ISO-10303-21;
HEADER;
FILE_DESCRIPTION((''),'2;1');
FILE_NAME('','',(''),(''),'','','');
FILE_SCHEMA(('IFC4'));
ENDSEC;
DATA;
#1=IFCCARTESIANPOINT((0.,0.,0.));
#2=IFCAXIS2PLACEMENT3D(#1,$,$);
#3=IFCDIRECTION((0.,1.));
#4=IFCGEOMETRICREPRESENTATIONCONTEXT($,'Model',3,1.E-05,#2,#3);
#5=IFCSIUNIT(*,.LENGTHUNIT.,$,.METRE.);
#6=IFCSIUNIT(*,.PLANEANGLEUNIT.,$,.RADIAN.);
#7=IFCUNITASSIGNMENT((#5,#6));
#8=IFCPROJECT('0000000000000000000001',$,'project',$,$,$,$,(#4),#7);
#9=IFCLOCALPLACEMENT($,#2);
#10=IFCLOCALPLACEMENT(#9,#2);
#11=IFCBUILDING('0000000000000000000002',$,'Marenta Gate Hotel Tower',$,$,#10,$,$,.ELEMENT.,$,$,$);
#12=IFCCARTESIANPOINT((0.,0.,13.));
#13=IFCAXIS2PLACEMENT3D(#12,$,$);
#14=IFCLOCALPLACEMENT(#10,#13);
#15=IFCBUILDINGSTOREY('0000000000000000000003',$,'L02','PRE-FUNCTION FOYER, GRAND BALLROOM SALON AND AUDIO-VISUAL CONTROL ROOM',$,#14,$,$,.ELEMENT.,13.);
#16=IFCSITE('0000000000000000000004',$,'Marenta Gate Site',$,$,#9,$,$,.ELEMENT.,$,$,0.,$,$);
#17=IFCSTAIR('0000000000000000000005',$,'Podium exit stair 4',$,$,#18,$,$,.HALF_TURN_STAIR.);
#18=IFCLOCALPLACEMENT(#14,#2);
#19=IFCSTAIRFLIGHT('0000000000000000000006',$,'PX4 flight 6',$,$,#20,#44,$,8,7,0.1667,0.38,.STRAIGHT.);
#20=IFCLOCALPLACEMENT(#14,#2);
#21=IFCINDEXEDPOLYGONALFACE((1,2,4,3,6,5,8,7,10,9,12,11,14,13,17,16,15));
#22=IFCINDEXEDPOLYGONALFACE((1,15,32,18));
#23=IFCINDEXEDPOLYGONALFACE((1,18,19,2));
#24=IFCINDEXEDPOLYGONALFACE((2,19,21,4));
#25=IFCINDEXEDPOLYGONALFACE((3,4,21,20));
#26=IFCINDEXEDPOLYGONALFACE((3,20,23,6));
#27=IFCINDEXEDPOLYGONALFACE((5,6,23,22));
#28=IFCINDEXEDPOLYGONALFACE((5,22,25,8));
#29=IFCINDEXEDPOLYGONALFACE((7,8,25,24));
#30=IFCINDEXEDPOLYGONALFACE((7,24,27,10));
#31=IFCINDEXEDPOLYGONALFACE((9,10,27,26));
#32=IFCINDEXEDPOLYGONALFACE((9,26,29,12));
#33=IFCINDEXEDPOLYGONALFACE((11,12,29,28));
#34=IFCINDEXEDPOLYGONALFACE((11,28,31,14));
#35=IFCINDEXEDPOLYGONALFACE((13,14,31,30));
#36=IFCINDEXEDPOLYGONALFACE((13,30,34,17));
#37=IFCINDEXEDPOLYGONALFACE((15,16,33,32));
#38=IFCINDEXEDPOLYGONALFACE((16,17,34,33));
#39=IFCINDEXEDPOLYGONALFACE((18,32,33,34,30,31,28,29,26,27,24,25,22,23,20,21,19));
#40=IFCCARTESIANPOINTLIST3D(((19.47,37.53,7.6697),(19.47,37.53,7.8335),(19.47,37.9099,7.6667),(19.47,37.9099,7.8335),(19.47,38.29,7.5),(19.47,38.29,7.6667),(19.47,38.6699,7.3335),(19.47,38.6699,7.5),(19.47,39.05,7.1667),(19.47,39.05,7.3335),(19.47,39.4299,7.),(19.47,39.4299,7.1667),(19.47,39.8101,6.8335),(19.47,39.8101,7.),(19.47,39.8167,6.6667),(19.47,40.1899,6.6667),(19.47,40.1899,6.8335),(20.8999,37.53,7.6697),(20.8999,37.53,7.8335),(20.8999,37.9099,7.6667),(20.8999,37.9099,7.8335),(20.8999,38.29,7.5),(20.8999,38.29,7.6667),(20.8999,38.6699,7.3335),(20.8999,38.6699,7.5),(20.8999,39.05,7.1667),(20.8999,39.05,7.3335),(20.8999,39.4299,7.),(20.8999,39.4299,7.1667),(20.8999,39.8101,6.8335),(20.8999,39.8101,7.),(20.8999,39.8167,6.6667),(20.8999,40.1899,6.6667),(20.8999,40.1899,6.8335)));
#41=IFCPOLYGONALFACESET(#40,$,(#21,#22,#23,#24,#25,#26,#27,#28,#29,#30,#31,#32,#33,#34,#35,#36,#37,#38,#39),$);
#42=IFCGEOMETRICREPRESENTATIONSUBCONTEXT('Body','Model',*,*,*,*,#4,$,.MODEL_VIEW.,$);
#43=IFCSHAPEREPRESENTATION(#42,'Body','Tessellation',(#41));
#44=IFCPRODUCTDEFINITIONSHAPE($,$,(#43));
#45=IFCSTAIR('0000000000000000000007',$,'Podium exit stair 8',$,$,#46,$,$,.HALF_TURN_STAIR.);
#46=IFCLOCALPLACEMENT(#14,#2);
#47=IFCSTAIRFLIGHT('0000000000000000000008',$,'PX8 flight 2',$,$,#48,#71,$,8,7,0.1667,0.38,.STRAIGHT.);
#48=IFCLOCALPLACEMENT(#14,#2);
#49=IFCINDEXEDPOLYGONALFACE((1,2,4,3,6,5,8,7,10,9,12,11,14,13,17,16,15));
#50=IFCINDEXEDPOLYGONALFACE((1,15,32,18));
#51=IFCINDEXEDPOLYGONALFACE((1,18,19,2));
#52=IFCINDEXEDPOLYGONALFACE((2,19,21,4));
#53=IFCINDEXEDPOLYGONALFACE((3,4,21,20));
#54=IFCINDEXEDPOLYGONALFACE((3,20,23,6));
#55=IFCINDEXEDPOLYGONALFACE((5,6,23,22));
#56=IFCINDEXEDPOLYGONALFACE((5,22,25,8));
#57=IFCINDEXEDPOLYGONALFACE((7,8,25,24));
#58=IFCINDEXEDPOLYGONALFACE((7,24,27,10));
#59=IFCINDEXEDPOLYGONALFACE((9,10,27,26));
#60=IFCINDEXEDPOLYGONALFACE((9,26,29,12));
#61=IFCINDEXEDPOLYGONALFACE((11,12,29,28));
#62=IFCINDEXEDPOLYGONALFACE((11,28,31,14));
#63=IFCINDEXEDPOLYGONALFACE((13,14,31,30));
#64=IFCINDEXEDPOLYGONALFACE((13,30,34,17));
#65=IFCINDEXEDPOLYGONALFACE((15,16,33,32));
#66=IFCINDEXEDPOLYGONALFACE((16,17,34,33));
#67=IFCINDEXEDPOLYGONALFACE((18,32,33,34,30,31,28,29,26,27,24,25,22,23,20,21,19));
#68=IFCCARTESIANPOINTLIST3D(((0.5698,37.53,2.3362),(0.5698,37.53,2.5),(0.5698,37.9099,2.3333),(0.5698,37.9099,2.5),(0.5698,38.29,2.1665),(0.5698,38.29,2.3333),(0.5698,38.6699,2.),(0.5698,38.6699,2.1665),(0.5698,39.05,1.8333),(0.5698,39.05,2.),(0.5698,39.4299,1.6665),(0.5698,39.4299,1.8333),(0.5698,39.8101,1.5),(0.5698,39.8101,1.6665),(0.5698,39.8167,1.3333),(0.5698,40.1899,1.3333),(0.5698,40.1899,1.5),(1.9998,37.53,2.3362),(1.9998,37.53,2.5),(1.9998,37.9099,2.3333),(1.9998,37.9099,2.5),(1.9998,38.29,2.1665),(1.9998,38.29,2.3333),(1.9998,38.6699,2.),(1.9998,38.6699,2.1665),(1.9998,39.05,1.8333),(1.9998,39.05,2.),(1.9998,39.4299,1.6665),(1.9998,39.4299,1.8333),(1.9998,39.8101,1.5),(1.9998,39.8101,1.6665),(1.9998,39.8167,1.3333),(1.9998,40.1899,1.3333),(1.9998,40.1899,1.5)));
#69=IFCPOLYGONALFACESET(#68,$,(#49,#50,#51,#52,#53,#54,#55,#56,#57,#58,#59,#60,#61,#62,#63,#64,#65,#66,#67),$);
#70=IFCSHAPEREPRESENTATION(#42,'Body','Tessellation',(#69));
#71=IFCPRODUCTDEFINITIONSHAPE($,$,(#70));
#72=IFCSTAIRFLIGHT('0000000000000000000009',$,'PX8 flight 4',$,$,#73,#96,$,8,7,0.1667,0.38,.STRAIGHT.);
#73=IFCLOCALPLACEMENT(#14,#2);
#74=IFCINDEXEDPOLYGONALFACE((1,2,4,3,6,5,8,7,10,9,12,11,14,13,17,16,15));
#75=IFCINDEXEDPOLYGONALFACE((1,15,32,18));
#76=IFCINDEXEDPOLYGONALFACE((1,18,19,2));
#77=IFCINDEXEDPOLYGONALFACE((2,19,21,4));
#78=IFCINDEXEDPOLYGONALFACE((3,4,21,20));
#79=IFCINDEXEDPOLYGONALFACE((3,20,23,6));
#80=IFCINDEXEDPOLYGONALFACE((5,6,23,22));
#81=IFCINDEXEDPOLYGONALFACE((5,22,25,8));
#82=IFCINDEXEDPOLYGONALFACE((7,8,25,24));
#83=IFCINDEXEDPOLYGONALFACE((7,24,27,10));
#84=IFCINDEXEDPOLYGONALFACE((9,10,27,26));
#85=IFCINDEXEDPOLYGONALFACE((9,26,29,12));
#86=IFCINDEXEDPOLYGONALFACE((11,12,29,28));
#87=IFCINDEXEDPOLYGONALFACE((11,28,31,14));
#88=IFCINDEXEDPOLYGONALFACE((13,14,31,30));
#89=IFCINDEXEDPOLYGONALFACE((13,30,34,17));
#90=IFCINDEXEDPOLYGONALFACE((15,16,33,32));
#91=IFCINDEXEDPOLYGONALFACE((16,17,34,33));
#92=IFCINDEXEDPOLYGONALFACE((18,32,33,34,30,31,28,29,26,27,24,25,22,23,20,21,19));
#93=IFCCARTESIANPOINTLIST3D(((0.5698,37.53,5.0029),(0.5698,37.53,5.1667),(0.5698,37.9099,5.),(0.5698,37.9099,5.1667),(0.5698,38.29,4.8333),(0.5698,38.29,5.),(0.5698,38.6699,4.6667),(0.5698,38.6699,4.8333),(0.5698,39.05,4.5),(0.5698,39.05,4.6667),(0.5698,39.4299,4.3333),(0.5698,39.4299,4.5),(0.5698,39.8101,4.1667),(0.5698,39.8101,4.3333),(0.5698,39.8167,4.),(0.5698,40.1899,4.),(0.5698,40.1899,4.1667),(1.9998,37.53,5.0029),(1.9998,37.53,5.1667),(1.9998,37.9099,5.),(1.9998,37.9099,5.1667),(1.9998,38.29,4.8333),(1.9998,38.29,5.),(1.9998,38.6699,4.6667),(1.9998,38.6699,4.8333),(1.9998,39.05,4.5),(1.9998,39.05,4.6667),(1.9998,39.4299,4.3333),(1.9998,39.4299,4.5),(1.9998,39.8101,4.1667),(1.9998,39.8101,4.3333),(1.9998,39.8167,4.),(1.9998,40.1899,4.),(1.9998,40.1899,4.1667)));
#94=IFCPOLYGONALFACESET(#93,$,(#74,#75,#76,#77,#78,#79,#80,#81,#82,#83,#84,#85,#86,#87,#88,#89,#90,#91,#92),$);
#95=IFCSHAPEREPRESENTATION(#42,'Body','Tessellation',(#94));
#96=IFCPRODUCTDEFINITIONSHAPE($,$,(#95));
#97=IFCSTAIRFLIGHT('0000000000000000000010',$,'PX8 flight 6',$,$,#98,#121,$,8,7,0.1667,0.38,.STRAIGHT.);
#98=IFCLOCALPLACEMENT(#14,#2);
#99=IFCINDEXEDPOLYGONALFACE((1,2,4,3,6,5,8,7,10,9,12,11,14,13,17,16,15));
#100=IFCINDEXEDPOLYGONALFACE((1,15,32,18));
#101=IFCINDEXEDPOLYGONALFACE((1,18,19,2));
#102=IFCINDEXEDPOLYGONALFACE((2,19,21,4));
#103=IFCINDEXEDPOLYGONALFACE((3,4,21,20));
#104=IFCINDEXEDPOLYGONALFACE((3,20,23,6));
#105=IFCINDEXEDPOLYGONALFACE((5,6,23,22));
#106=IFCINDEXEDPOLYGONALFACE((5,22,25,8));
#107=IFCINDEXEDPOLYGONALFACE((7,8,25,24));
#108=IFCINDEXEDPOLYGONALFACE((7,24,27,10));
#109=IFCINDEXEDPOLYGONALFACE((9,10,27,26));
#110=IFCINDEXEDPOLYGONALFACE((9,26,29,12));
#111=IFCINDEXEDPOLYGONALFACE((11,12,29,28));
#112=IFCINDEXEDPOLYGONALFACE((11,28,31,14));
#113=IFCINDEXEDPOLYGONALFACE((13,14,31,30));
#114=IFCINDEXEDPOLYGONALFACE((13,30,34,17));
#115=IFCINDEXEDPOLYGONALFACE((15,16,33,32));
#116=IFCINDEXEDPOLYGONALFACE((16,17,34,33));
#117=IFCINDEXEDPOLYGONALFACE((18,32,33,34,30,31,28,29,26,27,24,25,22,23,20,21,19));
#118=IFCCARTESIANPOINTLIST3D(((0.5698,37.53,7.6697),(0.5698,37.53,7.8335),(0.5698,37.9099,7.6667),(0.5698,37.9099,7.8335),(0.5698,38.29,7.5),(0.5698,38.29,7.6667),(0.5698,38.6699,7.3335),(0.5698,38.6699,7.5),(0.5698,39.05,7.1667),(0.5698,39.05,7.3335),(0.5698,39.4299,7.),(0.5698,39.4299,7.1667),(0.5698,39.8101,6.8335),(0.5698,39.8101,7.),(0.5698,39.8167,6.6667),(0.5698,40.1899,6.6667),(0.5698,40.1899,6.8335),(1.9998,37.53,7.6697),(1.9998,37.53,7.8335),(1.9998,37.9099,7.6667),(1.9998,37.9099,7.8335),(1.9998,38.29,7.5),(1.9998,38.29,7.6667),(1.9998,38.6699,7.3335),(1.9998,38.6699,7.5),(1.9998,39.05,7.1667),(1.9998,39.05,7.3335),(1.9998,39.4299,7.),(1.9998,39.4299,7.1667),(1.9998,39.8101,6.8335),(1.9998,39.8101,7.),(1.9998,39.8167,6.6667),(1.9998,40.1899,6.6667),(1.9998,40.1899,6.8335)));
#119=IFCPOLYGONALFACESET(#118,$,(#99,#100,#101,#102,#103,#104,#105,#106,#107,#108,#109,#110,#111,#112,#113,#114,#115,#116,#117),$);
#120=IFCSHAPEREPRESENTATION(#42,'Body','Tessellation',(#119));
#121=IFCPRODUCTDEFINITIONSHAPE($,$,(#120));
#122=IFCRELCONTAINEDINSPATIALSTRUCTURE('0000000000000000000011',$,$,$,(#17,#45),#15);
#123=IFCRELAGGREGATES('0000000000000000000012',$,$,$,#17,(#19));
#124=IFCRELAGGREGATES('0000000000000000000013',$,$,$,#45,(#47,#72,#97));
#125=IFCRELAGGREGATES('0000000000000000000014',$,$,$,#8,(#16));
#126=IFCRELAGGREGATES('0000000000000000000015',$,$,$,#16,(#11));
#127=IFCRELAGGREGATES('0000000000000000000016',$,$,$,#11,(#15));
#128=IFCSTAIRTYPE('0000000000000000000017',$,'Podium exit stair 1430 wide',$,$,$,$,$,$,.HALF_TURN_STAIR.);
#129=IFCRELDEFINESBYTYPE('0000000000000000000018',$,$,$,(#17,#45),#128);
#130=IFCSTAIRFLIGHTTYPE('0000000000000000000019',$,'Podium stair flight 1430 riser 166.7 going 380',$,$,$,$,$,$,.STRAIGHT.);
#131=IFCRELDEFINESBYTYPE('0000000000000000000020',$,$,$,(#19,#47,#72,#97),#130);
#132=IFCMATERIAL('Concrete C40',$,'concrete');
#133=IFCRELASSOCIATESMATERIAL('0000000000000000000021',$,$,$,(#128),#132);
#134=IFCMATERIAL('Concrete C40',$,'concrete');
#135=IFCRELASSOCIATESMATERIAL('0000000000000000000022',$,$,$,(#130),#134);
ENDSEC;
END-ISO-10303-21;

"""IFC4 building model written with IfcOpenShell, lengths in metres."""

from ifc_helpers import new_model, si_unit, direction, frame, origin, place, context, subcontext, project, spatial, polyline, outline, extrude, material, type_object, element, aggregate, save


model = new_model("IFC4")

# Units and contexts
model_context = context("Model", 3, precision=1e-05, world=origin(), true_north=direction((0.0, 1.0)))
body_context = subcontext(model_context, "Body", "Model", "MODEL_VIEW")
ifc_project = project(units=[si_unit("LENGTHUNIT", "METRE"), si_unit("PLANEANGLEUNIT", "RADIAN")], contexts=[model_context])

# Site, building, storey
site_placement = place(None, origin())
site = spatial("IfcSite", under=ifc_project, at=site_placement, Name="Marenta Gate Site", CompositionType="ELEMENT", RefElevation=0.0)
building_placement = place(site_placement, origin())
building = spatial("IfcBuilding", under=site, at=building_placement, Name="Marenta Gate Hotel Tower", CompositionType="ELEMENT")
storey_placement = place(building_placement, frame((0.0, 0.0, 13.0)))
storey = spatial("IfcBuildingStorey", under=building, at=storey_placement, Name="L02", Description="PRE-FUNCTION FOYER, GRAND BALLROOM SALON AND AUDIO-VISUAL CONTROL ROOM", CompositionType="ELEMENT", Elevation=13.0)

# Stairs, stair flights
ifc_material_1 = material(Name="Concrete C40", Category="concrete")
stair_type = type_object("IfcStairType", Name="Podium exit stair 1430 wide", PredefinedType="HALF_TURN_STAIR", material=ifc_material_1)
stair_1_placement = place(storey_placement, origin())
stair_1 = element("IfcStair", 1, at=stair_1_placement, inside=storey, type_object=stair_type, Name="Podium exit stair 4", PredefinedType="HALF_TURN_STAIR")
ifc_material_2 = material(Name="Concrete C40", Category="concrete")
stair_flight_type = type_object("IfcStairFlightType", Name="Podium stair flight 1430 riser 166.7 going 380", PredefinedType="STRAIGHT", material=ifc_material_2)
stair_flight_1_placement = place(storey_placement, frame((20.1851, 40.1899, 6.6667), z_axis=(0.0, 0.0, 1.0), x_axis=(0.0, -1.0, 0.0)))
stair_flight_1 = element("IfcStairFlight", 2, at=stair_flight_1_placement, type_object=stair_flight_type, Name="PX4 flight 6", NumberOfRisers=8, NumberOfTreads=7, PredefinedType="STRAIGHT", RiserHeight=0.1667, TreadLength=0.38, context=body_context, shape_type="SweptSolid", body=[
    extrude(outline(polyline([(0.0, 0.0), (0.0, 0.1667), (0.3799, 0.1667), (0.3799, 0.3333), (0.76, 0.3333), (0.76, 0.5), (1.1399, 0.5), (1.1399, 0.6667), (1.52, 0.6667), (1.52, 0.8333), (1.8999, 0.8333), (1.8999, 1.0), (2.28, 1.0), (2.28, 1.1667), (2.6599, 1.1667), (2.6599, 1.3333), (2.6599, 1.0029), (0.3733, 0.0), (0.0, 0.0)])), frame((0.0, 0.7148, 0.0), z_axis=(0.0, -1.0, 0.0), x_axis=(1.0, 0.0, 0.0)), (0.0, 0.0, 1.0), 1.4299),
])
aggregate(stair_1, [stair_flight_1])
stair_2_placement = place(storey_placement, origin())
stair_2 = element("IfcStair", 3, at=stair_2_placement, inside=storey, type_object=stair_type, Name="Podium exit stair 8", PredefinedType="HALF_TURN_STAIR")
stair_flight_2_placement = place(storey_placement, frame((1.2849, 40.1899, 1.3333), z_axis=(0.0, 0.0, 1.0), x_axis=(0.0, -1.0, 0.0)))
stair_flight_2 = element("IfcStairFlight", 4, at=stair_flight_2_placement, type_object=stair_flight_type, Name="PX8 flight 2", NumberOfRisers=8, NumberOfTreads=7, PredefinedType="STRAIGHT", RiserHeight=0.1667, TreadLength=0.38, context=body_context, shape_type="SweptSolid", body=[
    extrude(outline(polyline([(0.0, 0.0), (0.0, 0.1667), (0.3799, 0.1667), (0.3799, 0.3333), (0.76, 0.3333), (0.76, 0.5), (1.1399, 0.5), (1.1399, 0.6667), (1.52, 0.6667), (1.52, 0.8333), (1.8999, 0.8333), (1.8999, 1.0), (2.28, 1.0), (2.28, 1.1667), (2.6599, 1.1667), (2.6599, 1.3333), (2.6599, 1.0029), (0.3733, 0.0), (0.0, 0.0)])), frame((0.0, 0.7148, 0.0), z_axis=(0.0, -1.0, 0.0), x_axis=(1.0, 0.0, 0.0)), (0.0, 0.0, 1.0), 1.4299),
])
stair_flight_3_placement = place(storey_placement, frame((1.2849, 40.1899, 4.0), z_axis=(0.0, 0.0, 1.0), x_axis=(0.0, -1.0, 0.0)))
stair_flight_3 = element("IfcStairFlight", 5, at=stair_flight_3_placement, type_object=stair_flight_type, Name="PX8 flight 4", NumberOfRisers=8, NumberOfTreads=7, PredefinedType="STRAIGHT", RiserHeight=0.1667, TreadLength=0.38, context=body_context, shape_type="SweptSolid", body=[
    extrude(outline(polyline([(0.0, 0.0), (0.0, 0.1667), (0.3799, 0.1667), (0.3799, 0.3333), (0.76, 0.3333), (0.76, 0.5), (1.1399, 0.5), (1.1399, 0.6667), (1.52, 0.6667), (1.52, 0.8333), (1.8999, 0.8333), (1.8999, 1.0), (2.28, 1.0), (2.28, 1.1667), (2.6599, 1.1667), (2.6599, 1.3333), (2.6599, 1.0029), (0.3733, 0.0), (0.0, 0.0)])), frame((0.0, 0.7148, 0.0), z_axis=(0.0, -1.0, 0.0), x_axis=(1.0, 0.0, 0.0)), (0.0, 0.0, 1.0), 1.4299),
])
stair_flight_4_placement = place(storey_placement, frame((1.2849, 40.1899, 6.6667), z_axis=(0.0, 0.0, 1.0), x_axis=(0.0, -1.0, 0.0)))
stair_flight_4 = element("IfcStairFlight", 6, at=stair_flight_4_placement, type_object=stair_flight_type, Name="PX8 flight 6", NumberOfRisers=8, NumberOfTreads=7, PredefinedType="STRAIGHT", RiserHeight=0.1667, TreadLength=0.38, context=body_context, shape_type="SweptSolid", body=[
    extrude(outline(polyline([(0.0, 0.0), (0.0, 0.1667), (0.3799, 0.1667), (0.3799, 0.3333), (0.76, 0.3333), (0.76, 0.5), (1.1399, 0.5), (1.1399, 0.6667), (1.52, 0.6667), (1.52, 0.8333), (1.8999, 0.8333), (1.8999, 1.0), (2.28, 1.0), (2.28, 1.1667), (2.6599, 1.1667), (2.6599, 1.3333), (2.6599, 1.0029), (0.3733, 0.0), (0.0, 0.0)])), frame((0.0, 0.7148, 0.0), z_axis=(0.0, -1.0, 0.0), x_axis=(1.0, 0.0, 0.0)), (0.0, 0.0, 1.0), 1.4299),
])
aggregate(stair_2, [stair_flight_2, stair_flight_3, stair_flight_4])

save(model, "model.ifc")
